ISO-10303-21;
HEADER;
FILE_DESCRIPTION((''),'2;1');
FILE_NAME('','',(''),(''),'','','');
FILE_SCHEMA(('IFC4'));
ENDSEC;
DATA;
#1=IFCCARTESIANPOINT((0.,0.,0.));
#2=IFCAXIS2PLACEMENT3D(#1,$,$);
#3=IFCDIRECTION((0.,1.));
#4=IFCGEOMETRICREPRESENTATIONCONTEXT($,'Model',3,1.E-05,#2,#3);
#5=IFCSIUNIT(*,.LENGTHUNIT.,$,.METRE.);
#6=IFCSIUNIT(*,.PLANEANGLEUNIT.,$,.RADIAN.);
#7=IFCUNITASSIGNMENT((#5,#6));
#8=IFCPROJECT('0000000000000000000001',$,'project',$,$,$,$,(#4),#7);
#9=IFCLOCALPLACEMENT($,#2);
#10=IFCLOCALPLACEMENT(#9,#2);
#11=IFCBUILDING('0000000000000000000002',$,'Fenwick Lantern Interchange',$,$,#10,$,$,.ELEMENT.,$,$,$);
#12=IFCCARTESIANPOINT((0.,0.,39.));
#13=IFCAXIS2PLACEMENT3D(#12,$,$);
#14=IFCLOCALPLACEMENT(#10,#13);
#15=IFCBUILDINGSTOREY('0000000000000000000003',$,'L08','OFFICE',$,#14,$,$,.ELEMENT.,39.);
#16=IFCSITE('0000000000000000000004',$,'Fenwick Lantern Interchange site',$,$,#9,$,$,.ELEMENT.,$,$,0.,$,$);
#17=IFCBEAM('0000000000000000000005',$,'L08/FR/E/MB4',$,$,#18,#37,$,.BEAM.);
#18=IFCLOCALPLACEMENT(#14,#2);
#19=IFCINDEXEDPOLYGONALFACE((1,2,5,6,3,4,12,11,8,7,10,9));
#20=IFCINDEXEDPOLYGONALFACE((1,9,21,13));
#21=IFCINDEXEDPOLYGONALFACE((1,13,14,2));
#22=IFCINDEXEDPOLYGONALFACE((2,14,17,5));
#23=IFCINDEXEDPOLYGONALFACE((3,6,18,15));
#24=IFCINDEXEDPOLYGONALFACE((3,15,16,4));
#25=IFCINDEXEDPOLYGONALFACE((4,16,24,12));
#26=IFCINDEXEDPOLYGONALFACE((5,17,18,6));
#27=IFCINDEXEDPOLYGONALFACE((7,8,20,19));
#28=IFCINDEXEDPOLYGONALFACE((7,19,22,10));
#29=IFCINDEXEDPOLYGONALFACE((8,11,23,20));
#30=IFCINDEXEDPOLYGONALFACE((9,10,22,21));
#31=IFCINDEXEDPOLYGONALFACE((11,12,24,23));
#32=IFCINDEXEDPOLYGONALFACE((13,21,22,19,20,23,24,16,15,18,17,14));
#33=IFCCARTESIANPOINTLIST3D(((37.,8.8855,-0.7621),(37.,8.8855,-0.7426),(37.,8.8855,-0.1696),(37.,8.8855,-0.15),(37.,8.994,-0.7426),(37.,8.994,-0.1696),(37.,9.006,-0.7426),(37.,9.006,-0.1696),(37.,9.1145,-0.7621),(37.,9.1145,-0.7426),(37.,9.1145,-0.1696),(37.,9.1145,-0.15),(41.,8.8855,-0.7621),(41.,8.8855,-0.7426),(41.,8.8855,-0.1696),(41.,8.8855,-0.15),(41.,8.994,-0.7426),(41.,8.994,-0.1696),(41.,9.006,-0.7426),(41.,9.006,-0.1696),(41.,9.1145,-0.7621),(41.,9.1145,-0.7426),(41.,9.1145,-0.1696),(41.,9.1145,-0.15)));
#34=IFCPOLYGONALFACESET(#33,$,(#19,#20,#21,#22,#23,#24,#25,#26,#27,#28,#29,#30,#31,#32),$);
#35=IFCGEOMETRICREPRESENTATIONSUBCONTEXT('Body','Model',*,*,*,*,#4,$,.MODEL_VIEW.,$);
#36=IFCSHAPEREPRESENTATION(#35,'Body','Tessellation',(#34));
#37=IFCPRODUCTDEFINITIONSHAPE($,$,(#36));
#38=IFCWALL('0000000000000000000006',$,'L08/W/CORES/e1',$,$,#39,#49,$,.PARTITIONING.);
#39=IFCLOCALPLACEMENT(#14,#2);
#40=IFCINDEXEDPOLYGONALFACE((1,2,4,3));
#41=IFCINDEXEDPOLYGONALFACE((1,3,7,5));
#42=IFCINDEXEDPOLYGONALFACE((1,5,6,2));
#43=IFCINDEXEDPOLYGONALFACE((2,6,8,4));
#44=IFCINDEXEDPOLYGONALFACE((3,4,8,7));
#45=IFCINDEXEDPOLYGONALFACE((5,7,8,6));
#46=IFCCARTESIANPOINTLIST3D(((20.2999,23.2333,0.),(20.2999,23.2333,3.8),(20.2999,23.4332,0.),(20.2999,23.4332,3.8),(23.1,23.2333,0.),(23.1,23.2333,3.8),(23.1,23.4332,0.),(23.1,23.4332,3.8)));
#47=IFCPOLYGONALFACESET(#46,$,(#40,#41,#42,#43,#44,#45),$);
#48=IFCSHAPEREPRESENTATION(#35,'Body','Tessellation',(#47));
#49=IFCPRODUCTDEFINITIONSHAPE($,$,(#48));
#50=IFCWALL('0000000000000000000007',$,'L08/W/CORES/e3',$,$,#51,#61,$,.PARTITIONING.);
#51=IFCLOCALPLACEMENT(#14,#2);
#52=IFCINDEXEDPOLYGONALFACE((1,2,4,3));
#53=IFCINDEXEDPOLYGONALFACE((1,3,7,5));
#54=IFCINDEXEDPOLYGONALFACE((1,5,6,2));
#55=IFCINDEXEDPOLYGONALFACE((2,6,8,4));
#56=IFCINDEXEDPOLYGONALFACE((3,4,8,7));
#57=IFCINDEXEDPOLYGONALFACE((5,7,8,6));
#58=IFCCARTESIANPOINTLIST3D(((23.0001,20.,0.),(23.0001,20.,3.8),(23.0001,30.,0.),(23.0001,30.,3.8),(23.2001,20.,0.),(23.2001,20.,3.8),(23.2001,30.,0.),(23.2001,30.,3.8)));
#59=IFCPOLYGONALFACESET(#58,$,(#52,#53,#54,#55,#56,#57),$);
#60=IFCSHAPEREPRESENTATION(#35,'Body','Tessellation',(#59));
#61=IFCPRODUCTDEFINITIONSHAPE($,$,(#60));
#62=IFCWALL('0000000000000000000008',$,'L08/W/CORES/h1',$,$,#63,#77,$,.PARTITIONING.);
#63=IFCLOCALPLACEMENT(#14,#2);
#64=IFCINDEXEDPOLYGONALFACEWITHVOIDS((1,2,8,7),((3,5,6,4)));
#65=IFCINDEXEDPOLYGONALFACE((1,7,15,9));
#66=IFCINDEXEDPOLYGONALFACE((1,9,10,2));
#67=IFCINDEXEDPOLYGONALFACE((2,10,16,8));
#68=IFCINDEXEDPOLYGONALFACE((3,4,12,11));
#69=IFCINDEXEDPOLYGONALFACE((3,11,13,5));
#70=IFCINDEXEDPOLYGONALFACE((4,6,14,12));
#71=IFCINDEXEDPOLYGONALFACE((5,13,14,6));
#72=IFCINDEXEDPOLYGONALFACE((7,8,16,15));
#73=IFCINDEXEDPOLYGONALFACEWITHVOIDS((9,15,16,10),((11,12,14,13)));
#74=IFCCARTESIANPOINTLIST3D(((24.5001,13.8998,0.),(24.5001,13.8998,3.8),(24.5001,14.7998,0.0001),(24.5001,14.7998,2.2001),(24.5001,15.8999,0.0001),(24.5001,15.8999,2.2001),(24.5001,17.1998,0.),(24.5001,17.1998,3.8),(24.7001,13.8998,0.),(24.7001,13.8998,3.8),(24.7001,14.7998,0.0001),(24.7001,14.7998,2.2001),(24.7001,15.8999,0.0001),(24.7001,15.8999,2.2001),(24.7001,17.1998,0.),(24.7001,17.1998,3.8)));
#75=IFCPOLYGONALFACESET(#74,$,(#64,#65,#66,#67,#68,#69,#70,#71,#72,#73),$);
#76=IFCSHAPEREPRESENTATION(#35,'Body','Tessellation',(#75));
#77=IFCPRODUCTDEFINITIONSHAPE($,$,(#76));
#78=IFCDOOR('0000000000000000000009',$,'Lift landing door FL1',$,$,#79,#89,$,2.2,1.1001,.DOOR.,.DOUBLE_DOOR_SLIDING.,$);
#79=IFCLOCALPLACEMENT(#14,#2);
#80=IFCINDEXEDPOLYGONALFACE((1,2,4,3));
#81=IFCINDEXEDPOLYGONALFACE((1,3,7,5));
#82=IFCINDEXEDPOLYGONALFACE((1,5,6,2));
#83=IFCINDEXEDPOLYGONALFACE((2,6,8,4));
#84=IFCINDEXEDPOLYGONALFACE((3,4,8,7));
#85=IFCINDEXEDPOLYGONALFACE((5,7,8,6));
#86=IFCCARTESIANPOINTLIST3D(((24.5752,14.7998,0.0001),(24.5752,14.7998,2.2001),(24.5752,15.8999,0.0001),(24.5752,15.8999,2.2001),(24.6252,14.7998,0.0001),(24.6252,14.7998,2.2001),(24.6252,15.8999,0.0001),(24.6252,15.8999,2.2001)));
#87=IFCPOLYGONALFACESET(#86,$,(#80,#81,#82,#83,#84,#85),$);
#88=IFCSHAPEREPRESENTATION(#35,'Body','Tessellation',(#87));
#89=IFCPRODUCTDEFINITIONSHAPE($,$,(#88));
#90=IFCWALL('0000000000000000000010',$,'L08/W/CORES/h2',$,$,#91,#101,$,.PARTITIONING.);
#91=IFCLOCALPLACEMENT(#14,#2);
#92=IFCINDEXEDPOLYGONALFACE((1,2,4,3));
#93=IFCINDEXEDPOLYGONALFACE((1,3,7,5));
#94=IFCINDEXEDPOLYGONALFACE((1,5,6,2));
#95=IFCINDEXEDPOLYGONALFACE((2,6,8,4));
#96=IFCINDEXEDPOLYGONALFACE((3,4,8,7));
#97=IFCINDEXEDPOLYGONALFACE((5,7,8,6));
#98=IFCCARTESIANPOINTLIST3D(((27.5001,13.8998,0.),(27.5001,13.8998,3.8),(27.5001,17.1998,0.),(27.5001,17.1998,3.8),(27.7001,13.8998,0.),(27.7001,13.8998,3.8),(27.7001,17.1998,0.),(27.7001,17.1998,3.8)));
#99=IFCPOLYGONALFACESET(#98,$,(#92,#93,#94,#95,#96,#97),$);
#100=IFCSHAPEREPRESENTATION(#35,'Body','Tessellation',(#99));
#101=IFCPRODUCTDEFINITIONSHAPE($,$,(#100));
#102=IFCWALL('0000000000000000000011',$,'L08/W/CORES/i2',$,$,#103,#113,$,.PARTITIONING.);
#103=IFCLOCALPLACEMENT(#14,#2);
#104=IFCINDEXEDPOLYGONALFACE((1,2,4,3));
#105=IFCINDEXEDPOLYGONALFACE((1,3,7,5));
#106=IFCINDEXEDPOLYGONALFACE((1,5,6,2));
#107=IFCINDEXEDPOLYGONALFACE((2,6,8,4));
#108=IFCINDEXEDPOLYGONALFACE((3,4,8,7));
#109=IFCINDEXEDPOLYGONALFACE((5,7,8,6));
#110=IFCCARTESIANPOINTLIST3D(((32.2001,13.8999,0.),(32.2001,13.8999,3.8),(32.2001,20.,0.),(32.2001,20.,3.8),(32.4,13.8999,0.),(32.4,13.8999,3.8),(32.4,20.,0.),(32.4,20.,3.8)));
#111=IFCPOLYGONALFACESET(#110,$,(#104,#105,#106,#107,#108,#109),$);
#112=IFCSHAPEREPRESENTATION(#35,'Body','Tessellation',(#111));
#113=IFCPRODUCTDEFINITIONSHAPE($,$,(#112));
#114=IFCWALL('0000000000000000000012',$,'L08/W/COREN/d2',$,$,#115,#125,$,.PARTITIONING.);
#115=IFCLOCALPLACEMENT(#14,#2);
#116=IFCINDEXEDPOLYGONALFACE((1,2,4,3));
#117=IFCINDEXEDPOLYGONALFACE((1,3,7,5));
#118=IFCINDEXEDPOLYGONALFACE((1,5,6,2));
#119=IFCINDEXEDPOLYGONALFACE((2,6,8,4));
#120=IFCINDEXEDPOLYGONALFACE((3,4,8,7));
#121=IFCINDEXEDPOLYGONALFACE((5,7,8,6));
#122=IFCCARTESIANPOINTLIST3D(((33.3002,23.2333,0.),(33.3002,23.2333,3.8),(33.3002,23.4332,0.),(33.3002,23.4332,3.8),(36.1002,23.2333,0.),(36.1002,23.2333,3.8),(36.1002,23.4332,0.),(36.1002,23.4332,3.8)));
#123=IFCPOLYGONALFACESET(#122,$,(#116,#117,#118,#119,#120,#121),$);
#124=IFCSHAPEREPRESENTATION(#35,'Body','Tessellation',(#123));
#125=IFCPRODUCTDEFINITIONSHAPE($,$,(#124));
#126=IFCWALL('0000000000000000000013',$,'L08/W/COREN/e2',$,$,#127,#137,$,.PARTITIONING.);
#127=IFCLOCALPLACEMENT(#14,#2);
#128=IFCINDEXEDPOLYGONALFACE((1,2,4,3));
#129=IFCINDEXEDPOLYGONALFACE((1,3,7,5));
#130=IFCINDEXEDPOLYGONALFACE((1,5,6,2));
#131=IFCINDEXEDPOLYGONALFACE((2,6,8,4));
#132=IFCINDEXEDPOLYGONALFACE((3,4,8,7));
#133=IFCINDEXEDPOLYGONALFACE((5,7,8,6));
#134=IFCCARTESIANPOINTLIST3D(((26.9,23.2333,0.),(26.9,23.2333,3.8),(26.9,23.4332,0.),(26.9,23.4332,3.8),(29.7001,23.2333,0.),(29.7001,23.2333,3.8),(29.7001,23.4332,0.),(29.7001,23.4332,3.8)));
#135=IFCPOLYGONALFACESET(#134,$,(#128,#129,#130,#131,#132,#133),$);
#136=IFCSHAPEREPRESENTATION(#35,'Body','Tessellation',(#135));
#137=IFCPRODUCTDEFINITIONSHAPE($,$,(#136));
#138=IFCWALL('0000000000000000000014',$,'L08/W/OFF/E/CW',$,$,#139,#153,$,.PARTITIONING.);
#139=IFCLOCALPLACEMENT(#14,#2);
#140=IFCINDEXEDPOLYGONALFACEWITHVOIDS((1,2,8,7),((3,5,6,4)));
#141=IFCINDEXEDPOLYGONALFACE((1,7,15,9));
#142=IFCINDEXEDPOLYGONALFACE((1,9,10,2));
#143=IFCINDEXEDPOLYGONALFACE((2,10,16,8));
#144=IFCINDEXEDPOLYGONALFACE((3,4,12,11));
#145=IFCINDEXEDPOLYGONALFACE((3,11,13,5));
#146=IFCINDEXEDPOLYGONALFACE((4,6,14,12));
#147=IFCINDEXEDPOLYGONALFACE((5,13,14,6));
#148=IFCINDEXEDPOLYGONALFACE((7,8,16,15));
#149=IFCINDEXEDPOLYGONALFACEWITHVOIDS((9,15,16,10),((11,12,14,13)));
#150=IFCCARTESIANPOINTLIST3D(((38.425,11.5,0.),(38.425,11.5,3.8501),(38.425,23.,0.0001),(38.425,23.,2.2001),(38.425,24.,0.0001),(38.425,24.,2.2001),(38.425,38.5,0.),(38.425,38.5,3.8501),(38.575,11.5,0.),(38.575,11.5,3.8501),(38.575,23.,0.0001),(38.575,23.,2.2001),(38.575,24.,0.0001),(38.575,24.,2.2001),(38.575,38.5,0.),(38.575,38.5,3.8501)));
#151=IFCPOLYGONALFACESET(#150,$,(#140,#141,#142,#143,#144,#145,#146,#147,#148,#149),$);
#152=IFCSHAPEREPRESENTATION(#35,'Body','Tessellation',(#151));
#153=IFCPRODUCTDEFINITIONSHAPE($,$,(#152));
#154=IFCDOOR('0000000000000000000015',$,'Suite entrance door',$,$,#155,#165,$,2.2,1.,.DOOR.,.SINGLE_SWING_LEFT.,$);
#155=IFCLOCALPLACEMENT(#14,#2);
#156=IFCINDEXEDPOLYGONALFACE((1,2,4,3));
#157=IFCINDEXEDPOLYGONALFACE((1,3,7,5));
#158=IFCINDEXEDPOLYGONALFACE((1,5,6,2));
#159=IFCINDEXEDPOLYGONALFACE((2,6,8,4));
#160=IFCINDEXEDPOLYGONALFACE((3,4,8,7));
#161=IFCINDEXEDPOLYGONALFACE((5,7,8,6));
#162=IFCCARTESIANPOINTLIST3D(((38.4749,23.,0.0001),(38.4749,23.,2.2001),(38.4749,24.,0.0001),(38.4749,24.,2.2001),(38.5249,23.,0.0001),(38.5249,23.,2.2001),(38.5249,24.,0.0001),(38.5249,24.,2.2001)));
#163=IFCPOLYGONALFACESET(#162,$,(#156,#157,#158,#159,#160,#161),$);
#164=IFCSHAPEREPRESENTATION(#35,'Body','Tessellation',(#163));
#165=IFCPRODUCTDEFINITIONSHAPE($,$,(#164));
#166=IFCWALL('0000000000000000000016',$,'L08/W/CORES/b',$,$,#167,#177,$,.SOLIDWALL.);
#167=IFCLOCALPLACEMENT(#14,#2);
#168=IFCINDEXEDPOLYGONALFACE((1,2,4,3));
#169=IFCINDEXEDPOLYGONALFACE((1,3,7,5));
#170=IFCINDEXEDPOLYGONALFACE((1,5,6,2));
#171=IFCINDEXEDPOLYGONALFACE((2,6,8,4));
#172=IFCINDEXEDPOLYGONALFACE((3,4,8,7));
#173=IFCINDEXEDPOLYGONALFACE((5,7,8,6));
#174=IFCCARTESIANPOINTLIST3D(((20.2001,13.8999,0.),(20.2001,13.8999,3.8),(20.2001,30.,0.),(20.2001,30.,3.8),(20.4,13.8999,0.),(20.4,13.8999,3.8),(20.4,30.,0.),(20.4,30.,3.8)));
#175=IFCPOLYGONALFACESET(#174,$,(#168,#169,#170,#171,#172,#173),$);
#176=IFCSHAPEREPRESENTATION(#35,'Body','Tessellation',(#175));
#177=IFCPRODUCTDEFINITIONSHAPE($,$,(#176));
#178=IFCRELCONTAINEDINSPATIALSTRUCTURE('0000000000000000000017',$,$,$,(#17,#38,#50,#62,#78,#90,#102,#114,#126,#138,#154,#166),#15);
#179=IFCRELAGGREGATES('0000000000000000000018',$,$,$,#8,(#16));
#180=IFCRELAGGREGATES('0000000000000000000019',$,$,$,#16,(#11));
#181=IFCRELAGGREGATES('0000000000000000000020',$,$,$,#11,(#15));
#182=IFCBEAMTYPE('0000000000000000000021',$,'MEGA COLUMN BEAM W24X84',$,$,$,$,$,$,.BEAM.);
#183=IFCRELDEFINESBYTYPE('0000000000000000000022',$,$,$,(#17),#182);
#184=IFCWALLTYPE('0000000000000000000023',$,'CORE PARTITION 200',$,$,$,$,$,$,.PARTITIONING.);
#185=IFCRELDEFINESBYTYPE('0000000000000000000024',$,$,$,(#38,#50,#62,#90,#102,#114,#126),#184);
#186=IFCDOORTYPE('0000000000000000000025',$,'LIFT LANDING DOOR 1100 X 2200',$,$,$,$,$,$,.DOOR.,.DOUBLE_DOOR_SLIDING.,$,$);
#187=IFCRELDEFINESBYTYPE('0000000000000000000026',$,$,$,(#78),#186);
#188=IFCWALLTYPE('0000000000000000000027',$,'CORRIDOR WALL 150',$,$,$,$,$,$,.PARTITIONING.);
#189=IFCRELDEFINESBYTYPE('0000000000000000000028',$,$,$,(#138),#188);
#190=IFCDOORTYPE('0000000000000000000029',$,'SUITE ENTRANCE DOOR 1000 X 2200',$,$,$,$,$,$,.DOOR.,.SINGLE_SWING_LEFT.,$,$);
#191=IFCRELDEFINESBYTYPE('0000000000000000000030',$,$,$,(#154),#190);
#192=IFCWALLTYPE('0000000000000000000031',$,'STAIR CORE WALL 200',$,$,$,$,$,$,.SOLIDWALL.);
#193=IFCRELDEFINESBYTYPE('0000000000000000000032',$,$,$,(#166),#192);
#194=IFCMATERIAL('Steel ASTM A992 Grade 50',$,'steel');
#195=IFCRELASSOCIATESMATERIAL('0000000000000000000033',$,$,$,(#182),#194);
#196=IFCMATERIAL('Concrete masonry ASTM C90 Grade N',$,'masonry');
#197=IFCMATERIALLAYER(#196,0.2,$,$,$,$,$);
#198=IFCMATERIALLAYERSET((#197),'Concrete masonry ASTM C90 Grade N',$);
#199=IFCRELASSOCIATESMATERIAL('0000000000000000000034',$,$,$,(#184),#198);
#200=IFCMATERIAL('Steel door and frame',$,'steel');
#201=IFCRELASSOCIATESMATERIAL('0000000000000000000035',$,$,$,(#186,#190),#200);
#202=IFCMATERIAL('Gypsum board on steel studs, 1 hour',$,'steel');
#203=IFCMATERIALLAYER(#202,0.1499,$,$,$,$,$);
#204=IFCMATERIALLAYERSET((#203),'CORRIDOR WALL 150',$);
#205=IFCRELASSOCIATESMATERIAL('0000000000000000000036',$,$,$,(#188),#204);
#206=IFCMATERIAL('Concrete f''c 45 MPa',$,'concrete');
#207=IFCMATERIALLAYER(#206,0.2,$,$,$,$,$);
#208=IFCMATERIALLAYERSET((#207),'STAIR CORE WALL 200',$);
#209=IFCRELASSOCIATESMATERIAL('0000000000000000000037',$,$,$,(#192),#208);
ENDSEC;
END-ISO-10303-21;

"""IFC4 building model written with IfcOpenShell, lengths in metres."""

from ifc_helpers import new_model, si_unit, direction, frame, frame_2d, origin, origin_2d, place, context, subcontext, project, spatial, rectangle, i_section, extrude, material, layer, layer_set, material_profile, profile_set, type_object, element, fill, save


model = new_model("IFC4")

# Units and contexts
model_context = context("Model", 3, precision=1e-05, world=origin(), true_north=direction((0.0, 1.0)))
body_context = subcontext(model_context, "Body", "Model", "MODEL_VIEW")
ifc_project = project(units=[si_unit("LENGTHUNIT", "METRE"), si_unit("PLANEANGLEUNIT", "RADIAN")], contexts=[model_context])

# Site, building, storey
site_placement = place(None, origin())
site = spatial("IfcSite", under=ifc_project, at=site_placement, Name="Fenwick Lantern Interchange site", CompositionType="ELEMENT", RefElevation=0.0)
building_placement = place(site_placement, origin())
building = spatial("IfcBuilding", under=site, at=building_placement, Name="Fenwick Lantern Interchange", CompositionType="ELEMENT")
storey_placement = place(building_placement, frame((0.0, 0.0, 39.0)))
storey = spatial("IfcBuildingStorey", under=building, at=storey_placement, Name="L08", Description="OFFICE", CompositionType="ELEMENT", Elevation=39.0)

# Beam
ifc_material_1 = material(Name="Steel ASTM A992 Grade 50", Category="steel")
ifc_material_profile_1 = material_profile(ifc_material_1, i_section(OverallWidth=0.229, OverallDepth=0.6121, WebThickness=0.012, FlangeThickness=0.0195, at=origin_2d()), Name="W24X84")
ifc_profile_set_1 = profile_set([ifc_material_profile_1], Name="Steel ASTM A992 Grade 50")
beam_type_1 = type_object("IfcBeamType", Name="MEGA COLUMN BEAM W24X84", PredefinedType="BEAM", material=ifc_profile_set_1)
for number, where, z_axis, x_axis, name in (
    (1, (41.0, 9.0, -0.4561), (-1.0, 0.0, 0.0), (0.0, -1.0, 0.0), "L08/FR/E/MB4"),
):
    element("IfcBeam", number, at=place(storey_placement, frame(where, z_axis=z_axis, x_axis=x_axis)), inside=storey, type_object=beam_type_1, Name=name, PredefinedType="BEAM", context=body_context, shape_type="SweptSolid", body=[
        extrude(i_section(OverallWidth=0.229, OverallDepth=0.6121, WebThickness=0.012, FlangeThickness=0.0195, at=origin_2d()), origin(), (0.0, 0.0, 1.0), 4.0),
    ])

# Walls
ifc_material_2 = material(Name="Concrete masonry ASTM C90 Grade N", Category="masonry")
ifc_layer_1 = layer(ifc_material_2, 0.2)
ifc_layer_set_1 = layer_set([ifc_layer_1], Name="Concrete masonry ASTM C90 Grade N")
wall_type_1 = type_object("IfcWallType", Name="CORE PARTITION 200", PredefinedType="PARTITIONING", material=ifc_layer_set_1)
wall_1_placement = place(storey_placement, frame((20.3, 23.3333, 0.0), z_axis=(0.0, 0.0, 1.0), x_axis=(1.0, 0.0, 0.0)))
element("IfcWall", 2, at=wall_1_placement, inside=storey, type_object=wall_type_1, Name="L08/W/CORES/e1", PredefinedType="PARTITIONING", context=body_context, shape_type="SweptSolid", body=[
    extrude(rectangle(XDim=2.8, YDim=0.2, at=frame_2d((1.3999, 0.0))), origin(), (0.0, 0.0, 1.0), 3.8),
])
wall_2_placement = place(storey_placement, frame((23.1001, 20.0, 0.0), z_axis=(0.0, 0.0, 1.0), x_axis=(0.0, 1.0, 0.0)))
element("IfcWall", 3, at=wall_2_placement, inside=storey, type_object=wall_type_1, Name="L08/W/CORES/e3", PredefinedType="PARTITIONING", context=body_context, shape_type="SweptSolid", body=[
    extrude(rectangle(XDim=10.0, YDim=0.2, at=frame_2d((5.0, 0.0))), origin(), (0.0, 0.0, 1.0), 3.8),
])

# Wall, opening, door
wall_3_placement = place(storey_placement, frame((24.6001, 13.8999, 0.0), z_axis=(0.0, 0.0, 1.0), x_axis=(0.0, 1.0, 0.0)))
wall_3 = element("IfcWall", 4, at=wall_3_placement, inside=storey, type_object=wall_type_1, Name="L08/W/CORES/h1", PredefinedType="PARTITIONING", context=body_context, shape_type="SweptSolid", body=[
    extrude(rectangle(XDim=3.3, YDim=0.2, at=frame_2d((1.6499, 0.0))), origin(), (0.0, 0.0, 1.0), 3.8),
])
opening_1_placement = place(wall_3_placement, frame((0.8999, 0.0, 0.0)))
opening_1 = element("IfcOpeningElement", 5, at=opening_1_placement, cuts=wall_3, PredefinedType="OPENING", context=body_context, shape_type="SweptSolid", body=[
    extrude(rectangle(XDim=1.1001, YDim=2.2, at=frame_2d((0.55, 1.1001))), frame((0.0, 0.1099, 0.0), z_axis=(0.0, -1.0, 0.0), x_axis=(1.0, 0.0, 0.0)), (0.0, 0.0, 1.0), 0.22),
])
ifc_material_3 = material(Name="Steel door and frame", Category="steel")
door_type_1 = type_object("IfcDoorType", Name="LIFT LANDING DOOR 1100 X 2200", OperationType="DOUBLE_DOOR_SLIDING", PredefinedType="DOOR", material=ifc_material_3)
door_1_placement = place(opening_1_placement, origin())
door_1 = element("IfcDoor", 6, at=door_1_placement, inside=storey, type_object=door_type_1, Name="Lift landing door FL1", OperationType="DOUBLE_DOOR_SLIDING", OverallHeight=2.2, OverallWidth=1.1001, PredefinedType="DOOR", context=body_context, shape_type="SweptSolid", body=[
    extrude(rectangle(XDim=1.1001, YDim=2.2, at=frame_2d((0.55, 1.1001))), frame((0.0, 0.0249, 0.0), z_axis=(0.0, -1.0, 0.0), x_axis=(1.0, 0.0, 0.0)), (0.0, 0.0, 1.0), 0.05),
])
fill(opening_1, door_1)

# Walls
wall_4_placement = place(storey_placement, frame((27.6001, 13.8999, 0.0), z_axis=(0.0, 0.0, 1.0), x_axis=(0.0, 1.0, 0.0)))
element("IfcWall", 7, at=wall_4_placement, inside=storey, type_object=wall_type_1, Name="L08/W/CORES/h2", PredefinedType="PARTITIONING", context=body_context, shape_type="SweptSolid", body=[
    extrude(rectangle(XDim=3.3, YDim=0.2, at=frame_2d((1.6499, 0.0))), origin(), (0.0, 0.0, 1.0), 3.8),
])
wall_5_placement = place(storey_placement, frame((32.3, 13.8999, 0.0), z_axis=(0.0, 0.0, 1.0), x_axis=(0.0, 1.0, 0.0)))
element("IfcWall", 8, at=wall_5_placement, inside=storey, type_object=wall_type_1, Name="L08/W/CORES/i2", PredefinedType="PARTITIONING", context=body_context, shape_type="SweptSolid", body=[
    extrude(rectangle(XDim=6.1001, YDim=0.2, at=frame_2d((3.05, 0.0))), origin(), (0.0, 0.0, 1.0), 3.8),
])
for number, where, z_axis, x_axis, name in (
    (9, (36.1001, 23.3333, 0.0), (0.0, 0.0, 1.0), (-1.0, 0.0, 0.0), "L08/W/COREN/d2"),
    (10, (29.7, 23.3333, 0.0), (0.0, 0.0, 1.0), (-1.0, 0.0, 0.0), "L08/W/COREN/e2"),
):
    element("IfcWall", number, at=place(storey_placement, frame(where, z_axis=z_axis, x_axis=x_axis)), inside=storey, type_object=wall_type_1, Name=name, PredefinedType="PARTITIONING", context=body_context, shape_type="SweptSolid", body=[
        extrude(rectangle(XDim=2.8, YDim=0.2, at=frame_2d((1.3999, 0.0))), origin(), (0.0, 0.0, 1.0), 3.8),
    ])

# Wall, opening, door
ifc_material_4 = material(Name="Gypsum board on steel studs, 1 hour", Category="steel")
ifc_layer_2 = layer(ifc_material_4, 0.1499)
ifc_layer_set_2 = layer_set([ifc_layer_2], Name="CORRIDOR WALL 150")
wall_type_2 = type_object("IfcWallType", Name="CORRIDOR WALL 150", PredefinedType="PARTITIONING", material=ifc_layer_set_2)
wall_6_placement = place(storey_placement, frame((38.5, 11.5, 0.0), z_axis=(0.0, 0.0, 1.0), x_axis=(0.0, 1.0, 0.0)))
wall_6 = element("IfcWall", 11, at=wall_6_placement, inside=storey, type_object=wall_type_2, Name="L08/W/OFF/E/CW", PredefinedType="PARTITIONING", context=body_context, shape_type="SweptSolid", body=[
    extrude(rectangle(XDim=27.0, YDim=0.1499, at=frame_2d((13.5, 0.0))), origin(), (0.0, 0.0, 1.0), 3.8501),
])
opening_2_placement = place(wall_6_placement, frame((11.5, 0.0, 0.0)))
opening_2 = element("IfcOpeningElement", 12, at=opening_2_placement, cuts=wall_6, PredefinedType="OPENING", context=body_context, shape_type="SweptSolid", body=[
    extrude(rectangle(XDim=1.0, YDim=2.2, at=frame_2d((0.5, 1.1001))), frame((0.0, 0.085, 0.0), z_axis=(0.0, -1.0, 0.0), x_axis=(1.0, 0.0, 0.0)), (0.0, 0.0, 1.0), 0.1699),
])
door_type_2 = type_object("IfcDoorType", Name="SUITE ENTRANCE DOOR 1000 X 2200", OperationType="SINGLE_SWING_LEFT", PredefinedType="DOOR", material=ifc_material_3)
door_2_placement = place(opening_2_placement, frame((1.0, 0.0, 0.0), z_axis=(0.0, 0.0, 1.0), x_axis=(-1.0, 0.0, 0.0)))
door_2 = element("IfcDoor", 13, at=door_2_placement, inside=storey, type_object=door_type_2, Name="Suite entrance door", OperationType="SINGLE_SWING_LEFT", OverallHeight=2.2, OverallWidth=1.0, PredefinedType="DOOR", context=body_context, shape_type="SweptSolid", body=[
    extrude(rectangle(XDim=1.0, YDim=2.2, at=frame_2d((0.5, 1.1001))), frame((0.0, 0.0249, 0.0), z_axis=(0.0, -1.0, 0.0), x_axis=(1.0, 0.0, 0.0)), (0.0, 0.0, 1.0), 0.05),
])
fill(opening_2, door_2)

# Wall
ifc_material_5 = material(Name="Concrete f'c 45 MPa", Category="concrete")
ifc_layer_3 = layer(ifc_material_5, 0.2)
ifc_layer_set_3 = layer_set([ifc_layer_3], Name="STAIR CORE WALL 200")
wall_type_3 = type_object("IfcWallType", Name="STAIR CORE WALL 200", PredefinedType="SOLIDWALL", material=ifc_layer_set_3)
wall_7_placement = place(storey_placement, frame((20.3, 13.8999, 0.0), z_axis=(0.0, 0.0, 1.0), x_axis=(0.0, 1.0, 0.0)))
element("IfcWall", 14, at=wall_7_placement, inside=storey, type_object=wall_type_3, Name="L08/W/CORES/b", PredefinedType="SOLIDWALL", context=body_context, shape_type="SweptSolid", body=[
    extrude(rectangle(XDim=16.1001, YDim=0.2, at=frame_2d((8.05, 0.0))), origin(), (0.0, 0.0, 1.0), 3.8),
])

save(model, "model.ifc")
